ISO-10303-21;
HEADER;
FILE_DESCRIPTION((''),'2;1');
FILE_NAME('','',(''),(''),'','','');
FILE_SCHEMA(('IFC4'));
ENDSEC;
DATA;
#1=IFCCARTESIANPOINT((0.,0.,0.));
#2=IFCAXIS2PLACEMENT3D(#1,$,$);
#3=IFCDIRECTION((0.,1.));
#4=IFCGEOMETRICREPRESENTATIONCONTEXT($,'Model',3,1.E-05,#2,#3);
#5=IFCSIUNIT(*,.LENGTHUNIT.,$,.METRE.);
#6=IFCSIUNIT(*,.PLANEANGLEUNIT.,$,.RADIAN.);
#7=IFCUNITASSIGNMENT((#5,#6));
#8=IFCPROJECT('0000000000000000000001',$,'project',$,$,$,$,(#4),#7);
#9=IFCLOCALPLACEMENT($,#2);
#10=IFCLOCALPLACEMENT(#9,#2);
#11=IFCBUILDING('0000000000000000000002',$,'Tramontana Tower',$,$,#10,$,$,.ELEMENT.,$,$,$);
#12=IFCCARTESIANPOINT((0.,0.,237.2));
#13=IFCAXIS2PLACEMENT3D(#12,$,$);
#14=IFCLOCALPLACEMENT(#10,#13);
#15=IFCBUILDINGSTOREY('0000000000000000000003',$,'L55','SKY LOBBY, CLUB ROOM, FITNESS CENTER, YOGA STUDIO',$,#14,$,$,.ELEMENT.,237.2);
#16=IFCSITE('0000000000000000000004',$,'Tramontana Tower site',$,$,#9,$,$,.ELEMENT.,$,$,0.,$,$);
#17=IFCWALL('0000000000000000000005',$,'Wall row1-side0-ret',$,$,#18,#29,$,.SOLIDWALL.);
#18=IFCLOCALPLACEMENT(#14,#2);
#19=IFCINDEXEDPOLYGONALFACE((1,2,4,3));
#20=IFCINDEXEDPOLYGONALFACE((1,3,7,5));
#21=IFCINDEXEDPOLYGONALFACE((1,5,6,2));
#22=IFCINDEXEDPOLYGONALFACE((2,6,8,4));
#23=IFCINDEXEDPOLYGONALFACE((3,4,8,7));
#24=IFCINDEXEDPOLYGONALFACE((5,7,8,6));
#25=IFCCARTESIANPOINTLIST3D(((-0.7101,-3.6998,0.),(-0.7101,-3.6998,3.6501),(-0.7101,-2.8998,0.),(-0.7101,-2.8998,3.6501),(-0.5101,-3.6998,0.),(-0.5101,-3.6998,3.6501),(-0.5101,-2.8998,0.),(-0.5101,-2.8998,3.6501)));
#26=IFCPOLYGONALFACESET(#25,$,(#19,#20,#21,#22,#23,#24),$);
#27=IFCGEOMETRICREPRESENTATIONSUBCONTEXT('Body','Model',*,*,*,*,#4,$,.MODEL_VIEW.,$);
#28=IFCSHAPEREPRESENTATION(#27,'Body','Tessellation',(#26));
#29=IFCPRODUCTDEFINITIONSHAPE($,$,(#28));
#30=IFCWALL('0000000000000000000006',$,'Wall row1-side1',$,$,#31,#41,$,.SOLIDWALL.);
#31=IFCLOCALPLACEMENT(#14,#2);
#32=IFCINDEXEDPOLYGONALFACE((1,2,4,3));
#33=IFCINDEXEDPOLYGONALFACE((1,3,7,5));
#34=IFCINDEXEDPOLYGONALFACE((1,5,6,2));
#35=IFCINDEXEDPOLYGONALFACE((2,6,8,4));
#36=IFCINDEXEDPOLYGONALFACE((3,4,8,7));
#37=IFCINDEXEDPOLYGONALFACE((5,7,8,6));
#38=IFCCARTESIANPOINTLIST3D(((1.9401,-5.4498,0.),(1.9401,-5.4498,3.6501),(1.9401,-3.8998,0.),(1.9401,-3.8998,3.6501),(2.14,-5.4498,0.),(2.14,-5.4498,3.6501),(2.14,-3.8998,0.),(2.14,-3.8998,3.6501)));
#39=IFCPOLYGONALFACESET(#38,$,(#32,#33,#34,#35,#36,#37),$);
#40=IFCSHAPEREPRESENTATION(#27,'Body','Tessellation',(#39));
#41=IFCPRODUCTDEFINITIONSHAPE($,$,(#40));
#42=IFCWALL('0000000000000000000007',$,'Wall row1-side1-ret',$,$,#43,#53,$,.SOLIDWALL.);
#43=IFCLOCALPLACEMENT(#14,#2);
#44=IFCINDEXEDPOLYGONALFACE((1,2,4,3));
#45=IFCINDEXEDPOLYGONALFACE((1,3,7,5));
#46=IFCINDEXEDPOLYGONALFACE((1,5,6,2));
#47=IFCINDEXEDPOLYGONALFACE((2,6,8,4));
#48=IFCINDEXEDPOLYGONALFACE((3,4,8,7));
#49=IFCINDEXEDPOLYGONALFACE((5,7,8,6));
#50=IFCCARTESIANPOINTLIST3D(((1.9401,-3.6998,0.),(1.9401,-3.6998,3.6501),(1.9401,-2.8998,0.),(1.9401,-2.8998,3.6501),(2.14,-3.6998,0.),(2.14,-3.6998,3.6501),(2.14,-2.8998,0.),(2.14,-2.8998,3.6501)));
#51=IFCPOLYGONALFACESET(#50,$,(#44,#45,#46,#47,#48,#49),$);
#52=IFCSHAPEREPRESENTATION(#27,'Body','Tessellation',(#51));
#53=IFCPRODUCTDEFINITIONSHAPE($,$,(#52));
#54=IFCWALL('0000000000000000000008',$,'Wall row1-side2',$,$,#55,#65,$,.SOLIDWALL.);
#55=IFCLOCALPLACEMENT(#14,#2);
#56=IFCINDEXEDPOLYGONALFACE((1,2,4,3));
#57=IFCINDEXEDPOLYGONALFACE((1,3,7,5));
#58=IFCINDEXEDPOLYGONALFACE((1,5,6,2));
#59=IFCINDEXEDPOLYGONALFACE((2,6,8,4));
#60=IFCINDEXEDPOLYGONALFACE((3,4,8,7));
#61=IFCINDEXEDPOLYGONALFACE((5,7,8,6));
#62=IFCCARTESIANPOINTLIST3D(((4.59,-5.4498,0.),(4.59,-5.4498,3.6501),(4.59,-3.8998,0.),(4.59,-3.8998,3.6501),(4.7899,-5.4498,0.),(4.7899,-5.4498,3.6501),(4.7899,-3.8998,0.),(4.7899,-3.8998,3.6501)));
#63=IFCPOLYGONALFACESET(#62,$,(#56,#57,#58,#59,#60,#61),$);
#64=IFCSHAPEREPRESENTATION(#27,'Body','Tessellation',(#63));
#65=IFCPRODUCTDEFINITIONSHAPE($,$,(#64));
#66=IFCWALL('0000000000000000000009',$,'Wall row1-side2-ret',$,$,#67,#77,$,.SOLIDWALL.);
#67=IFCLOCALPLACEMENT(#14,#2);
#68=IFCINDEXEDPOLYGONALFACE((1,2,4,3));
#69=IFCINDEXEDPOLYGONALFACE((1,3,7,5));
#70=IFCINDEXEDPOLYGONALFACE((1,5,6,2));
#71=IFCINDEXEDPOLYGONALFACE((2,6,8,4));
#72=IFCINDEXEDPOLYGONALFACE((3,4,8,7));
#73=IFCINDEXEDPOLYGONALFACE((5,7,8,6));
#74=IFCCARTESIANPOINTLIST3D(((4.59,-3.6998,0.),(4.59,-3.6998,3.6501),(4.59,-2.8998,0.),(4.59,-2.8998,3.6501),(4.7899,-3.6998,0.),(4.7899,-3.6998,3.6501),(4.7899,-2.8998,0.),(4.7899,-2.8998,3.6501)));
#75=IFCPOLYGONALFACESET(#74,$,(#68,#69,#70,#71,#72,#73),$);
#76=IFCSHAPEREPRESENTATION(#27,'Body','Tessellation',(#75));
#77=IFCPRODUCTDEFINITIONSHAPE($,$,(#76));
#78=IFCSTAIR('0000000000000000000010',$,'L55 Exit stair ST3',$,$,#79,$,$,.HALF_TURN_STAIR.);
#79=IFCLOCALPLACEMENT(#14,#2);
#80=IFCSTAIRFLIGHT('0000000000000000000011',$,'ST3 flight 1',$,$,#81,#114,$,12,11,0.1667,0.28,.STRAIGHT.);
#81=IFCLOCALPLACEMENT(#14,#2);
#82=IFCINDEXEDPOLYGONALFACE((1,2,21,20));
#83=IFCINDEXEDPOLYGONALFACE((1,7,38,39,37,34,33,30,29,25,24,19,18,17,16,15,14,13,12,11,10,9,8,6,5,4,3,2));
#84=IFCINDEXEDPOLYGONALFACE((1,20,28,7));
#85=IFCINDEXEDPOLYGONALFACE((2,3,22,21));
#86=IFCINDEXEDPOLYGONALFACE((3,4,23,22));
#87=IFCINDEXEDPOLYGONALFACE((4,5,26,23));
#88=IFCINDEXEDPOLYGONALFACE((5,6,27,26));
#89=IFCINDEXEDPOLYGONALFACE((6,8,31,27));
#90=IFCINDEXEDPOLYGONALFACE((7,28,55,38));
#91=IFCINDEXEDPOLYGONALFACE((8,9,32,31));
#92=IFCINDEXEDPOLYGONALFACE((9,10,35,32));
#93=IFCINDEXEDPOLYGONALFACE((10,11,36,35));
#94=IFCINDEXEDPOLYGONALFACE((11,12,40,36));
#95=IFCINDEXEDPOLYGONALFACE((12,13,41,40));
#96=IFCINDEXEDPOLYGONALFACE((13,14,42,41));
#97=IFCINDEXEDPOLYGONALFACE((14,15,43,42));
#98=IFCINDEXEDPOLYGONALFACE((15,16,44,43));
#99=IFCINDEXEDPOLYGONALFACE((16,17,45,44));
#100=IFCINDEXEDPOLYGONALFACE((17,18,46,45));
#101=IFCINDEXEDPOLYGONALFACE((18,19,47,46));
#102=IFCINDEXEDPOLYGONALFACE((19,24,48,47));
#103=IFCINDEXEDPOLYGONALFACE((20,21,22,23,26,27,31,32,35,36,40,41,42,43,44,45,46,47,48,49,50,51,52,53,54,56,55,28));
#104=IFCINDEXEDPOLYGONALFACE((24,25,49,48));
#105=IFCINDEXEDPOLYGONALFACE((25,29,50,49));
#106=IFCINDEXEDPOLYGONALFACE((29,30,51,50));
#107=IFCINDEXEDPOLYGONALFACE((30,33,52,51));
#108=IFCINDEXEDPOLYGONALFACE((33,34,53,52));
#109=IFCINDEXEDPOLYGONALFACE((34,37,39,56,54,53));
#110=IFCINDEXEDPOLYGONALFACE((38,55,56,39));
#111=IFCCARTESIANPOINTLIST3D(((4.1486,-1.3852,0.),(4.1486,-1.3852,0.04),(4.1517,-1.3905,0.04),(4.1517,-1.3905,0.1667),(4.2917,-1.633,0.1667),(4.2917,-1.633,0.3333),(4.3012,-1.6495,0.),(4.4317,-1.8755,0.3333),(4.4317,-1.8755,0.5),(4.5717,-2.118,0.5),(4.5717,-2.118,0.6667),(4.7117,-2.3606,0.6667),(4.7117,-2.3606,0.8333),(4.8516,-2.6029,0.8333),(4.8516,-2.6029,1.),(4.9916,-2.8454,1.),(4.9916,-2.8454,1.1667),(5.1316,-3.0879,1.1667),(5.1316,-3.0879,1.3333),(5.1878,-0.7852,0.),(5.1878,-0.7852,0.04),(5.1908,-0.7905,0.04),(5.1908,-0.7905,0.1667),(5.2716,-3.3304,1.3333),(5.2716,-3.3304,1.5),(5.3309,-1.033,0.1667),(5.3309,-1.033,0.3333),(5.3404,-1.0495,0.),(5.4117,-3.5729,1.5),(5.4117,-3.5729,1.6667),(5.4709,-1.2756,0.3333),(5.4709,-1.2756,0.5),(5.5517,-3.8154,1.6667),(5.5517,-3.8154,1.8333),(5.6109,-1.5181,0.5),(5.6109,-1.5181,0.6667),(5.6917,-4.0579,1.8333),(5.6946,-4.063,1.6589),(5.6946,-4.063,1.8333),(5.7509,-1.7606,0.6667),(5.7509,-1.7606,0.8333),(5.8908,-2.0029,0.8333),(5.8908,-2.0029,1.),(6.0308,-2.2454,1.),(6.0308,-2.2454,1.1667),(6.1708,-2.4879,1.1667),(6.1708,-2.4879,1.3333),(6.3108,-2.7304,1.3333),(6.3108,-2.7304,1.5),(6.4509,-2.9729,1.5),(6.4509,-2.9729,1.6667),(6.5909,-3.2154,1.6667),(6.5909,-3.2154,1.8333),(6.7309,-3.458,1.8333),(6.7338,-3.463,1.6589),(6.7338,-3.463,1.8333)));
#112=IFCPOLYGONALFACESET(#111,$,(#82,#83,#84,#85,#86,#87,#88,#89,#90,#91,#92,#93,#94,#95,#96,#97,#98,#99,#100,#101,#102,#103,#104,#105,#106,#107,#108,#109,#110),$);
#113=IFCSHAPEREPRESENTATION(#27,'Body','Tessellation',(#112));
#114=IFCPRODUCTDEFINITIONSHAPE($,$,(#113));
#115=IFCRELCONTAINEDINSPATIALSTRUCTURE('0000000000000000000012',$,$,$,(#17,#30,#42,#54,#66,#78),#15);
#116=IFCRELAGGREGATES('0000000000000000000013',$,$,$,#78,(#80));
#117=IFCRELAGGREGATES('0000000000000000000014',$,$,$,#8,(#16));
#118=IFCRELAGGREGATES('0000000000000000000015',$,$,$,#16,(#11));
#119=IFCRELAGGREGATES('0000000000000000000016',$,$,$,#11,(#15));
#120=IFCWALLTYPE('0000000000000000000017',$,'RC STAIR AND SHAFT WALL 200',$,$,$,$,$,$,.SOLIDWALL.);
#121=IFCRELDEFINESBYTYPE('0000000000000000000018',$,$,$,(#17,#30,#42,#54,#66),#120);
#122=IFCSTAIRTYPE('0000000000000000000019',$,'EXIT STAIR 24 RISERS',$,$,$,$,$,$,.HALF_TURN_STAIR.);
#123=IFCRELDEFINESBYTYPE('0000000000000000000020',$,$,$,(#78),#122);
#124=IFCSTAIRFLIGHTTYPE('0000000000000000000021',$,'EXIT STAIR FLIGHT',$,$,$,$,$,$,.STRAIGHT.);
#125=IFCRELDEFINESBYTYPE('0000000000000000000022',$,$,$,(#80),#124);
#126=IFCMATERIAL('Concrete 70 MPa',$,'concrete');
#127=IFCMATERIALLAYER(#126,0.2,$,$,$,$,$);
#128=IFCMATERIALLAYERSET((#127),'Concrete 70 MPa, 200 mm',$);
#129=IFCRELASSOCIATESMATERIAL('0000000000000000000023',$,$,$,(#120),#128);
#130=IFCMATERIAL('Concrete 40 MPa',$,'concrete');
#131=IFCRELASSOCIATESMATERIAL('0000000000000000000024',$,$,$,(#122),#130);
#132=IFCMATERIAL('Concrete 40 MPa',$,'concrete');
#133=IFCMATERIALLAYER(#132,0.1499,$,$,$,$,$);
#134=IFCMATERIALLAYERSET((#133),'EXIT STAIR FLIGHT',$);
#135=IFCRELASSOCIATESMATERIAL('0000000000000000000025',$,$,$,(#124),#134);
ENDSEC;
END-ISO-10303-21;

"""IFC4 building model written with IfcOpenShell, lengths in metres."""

from ifc_helpers import new_model, si_unit, direction, frame, frame_2d, origin, place, context, subcontext, project, spatial, polyline, rectangle, outline, extrude, material, layer, layer_set, type_object, element, aggregate, save


model = new_model("IFC4")

# Units and contexts
model_context = context("Model", 3, precision=1e-05, world=origin(), true_north=direction((0.0, 1.0)))
body_context = subcontext(model_context, "Body", "Model", "MODEL_VIEW")
ifc_project = project(units=[si_unit("LENGTHUNIT", "METRE"), si_unit("PLANEANGLEUNIT", "RADIAN")], contexts=[model_context])

# Site, building, storey
site_placement = place(None, origin())
site = spatial("IfcSite", under=ifc_project, at=site_placement, Name="Tramontana Tower site", CompositionType="ELEMENT", RefElevation=0.0)
building_placement = place(site_placement, origin())
building = spatial("IfcBuilding", under=site, at=building_placement, Name="Tramontana Tower", CompositionType="ELEMENT")
storey_placement = place(building_placement, frame((0.0, 0.0, 237.2)))
storey = spatial("IfcBuildingStorey", under=building, at=storey_placement, Name="L55", Description="SKY LOBBY, CLUB ROOM, FITNESS CENTER, YOGA STUDIO", CompositionType="ELEMENT", Elevation=237.2)

# Shared definitions
ifc_material_1 = material(Name="Concrete 70 MPa", Category="concrete")
ifc_layer_1 = layer(ifc_material_1, 0.2)
ifc_layer_set_1 = layer_set([ifc_layer_1], Name="Concrete 70 MPa, 200 mm")
wall_type_1 = type_object("IfcWallType", Name="RC STAIR AND SHAFT WALL 200", PredefinedType="SOLIDWALL", material=ifc_layer_set_1)

# Walls
wall_1_placement = place(storey_placement, frame((-0.6101, -2.8999, 0.0), z_axis=(0.0, 0.0, 1.0), x_axis=(0.0, -1.0, 0.0)))
element("IfcWall", 1, at=wall_1_placement, inside=storey, type_object=wall_type_1, Name="Wall row1-side0-ret", PredefinedType="SOLIDWALL", context=body_context, shape_type="SweptSolid", body=[
    extrude(rectangle(XDim=0.8, YDim=0.2, at=frame_2d((0.3999, 0.0))), origin(), (0.0, 0.0, 1.0), 3.6501),
])
wall_2_placement = place(storey_placement, frame((2.04, -3.8999, 0.0), z_axis=(0.0, 0.0, 1.0), x_axis=(0.0, -1.0, 0.0)))
element("IfcWall", 2, at=wall_2_placement, inside=storey, type_object=wall_type_1, Name="Wall row1-side1", PredefinedType="SOLIDWALL", context=body_context, shape_type="SweptSolid", body=[
    extrude(rectangle(XDim=1.55, YDim=0.2, at=frame_2d((0.7749, 0.0))), origin(), (0.0, 0.0, 1.0), 3.6501),
])
wall_3_placement = place(storey_placement, frame((2.04, -2.8999, 0.0), z_axis=(0.0, 0.0, 1.0), x_axis=(0.0, -1.0, 0.0)))
element("IfcWall", 3, at=wall_3_placement, inside=storey, type_object=wall_type_1, Name="Wall row1-side1-ret", PredefinedType="SOLIDWALL", context=body_context, shape_type="SweptSolid", body=[
    extrude(rectangle(XDim=0.8, YDim=0.2, at=frame_2d((0.3999, 0.0))), origin(), (0.0, 0.0, 1.0), 3.6501),
])
wall_4_placement = place(storey_placement, frame((4.6899, -3.8999, 0.0), z_axis=(0.0, 0.0, 1.0), x_axis=(0.0, -1.0, 0.0)))
element("IfcWall", 4, at=wall_4_placement, inside=storey, type_object=wall_type_1, Name="Wall row1-side2", PredefinedType="SOLIDWALL", context=body_context, shape_type="SweptSolid", body=[
    extrude(rectangle(XDim=1.55, YDim=0.2, at=frame_2d((0.7749, 0.0))), origin(), (0.0, 0.0, 1.0), 3.6501),
])
wall_5_placement = place(storey_placement, frame((4.6899, -2.8999, 0.0), z_axis=(0.0, 0.0, 1.0), x_axis=(0.0, -1.0, 0.0)))
element("IfcWall", 5, at=wall_5_placement, inside=storey, type_object=wall_type_1, Name="Wall row1-side2-ret", PredefinedType="SOLIDWALL", context=body_context, shape_type="SweptSolid", body=[
    extrude(rectangle(XDim=0.8, YDim=0.2, at=frame_2d((0.3999, 0.0))), origin(), (0.0, 0.0, 1.0), 3.6501),
])

# Stair, stair flight
ifc_material_2 = material(Name="Concrete 40 MPa", Category="concrete")
stair_type = type_object("IfcStairType", Name="EXIT STAIR 24 RISERS", PredefinedType="HALF_TURN_STAIR", material=ifc_material_2)
stair_placement = place(storey_placement, origin())
stair = element("IfcStair", 6, at=stair_placement, inside=storey, type_object=stair_type, Name="L55 Exit stair ST3", PredefinedType="HALF_TURN_STAIR")
ifc_material_3 = material(Name="Concrete 40 MPa", Category="concrete")
ifc_layer_2 = layer(ifc_material_3, 0.1499)
ifc_layer_set_2 = layer_set([ifc_layer_2], Name="EXIT STAIR FLIGHT")
stair_flight_type = type_object("IfcStairFlightType", Name="EXIT STAIR FLIGHT", PredefinedType="STRAIGHT", material=ifc_layer_set_2)
stair_flight_placement = place(storey_placement, frame((4.6711, -1.0906, 0.0), z_axis=(0.0, 0.0, 1.0), x_axis=(0.5, -0.866025, 0.0)))
stair_flight = element("IfcStairFlight", 7, at=stair_flight_placement, type_object=stair_flight_type, Name="ST3 flight 1", NumberOfRisers=12, NumberOfTreads=11, PredefinedType="STRAIGHT", RiserHeight=0.1667, TreadLength=0.28, context=body_context, shape_type="SweptSolid", body=[
    extrude(outline(polyline([(-0.0061, 0.0), (-0.0061, 0.04), (0.0, 0.04), (0.0, 0.1667), (0.28, 0.1667), (0.28, 0.3333), (0.5601, 0.3333), (0.5601, 0.5), (0.8401, 0.5), (0.8401, 0.6667), (1.1201, 0.6667), (1.1201, 0.8333), (1.3999, 0.8333), (1.3999, 1.0), (1.6799, 1.0), (1.6799, 1.1667), (1.96, 1.1667), (1.96, 1.3333), (2.24, 1.3333), (2.24, 1.5), (2.52, 1.5), (2.52, 1.6667), (2.8, 1.6667), (2.8, 1.8333), (3.0801, 1.8333), (3.0859, 1.8333), (3.0859, 1.6589), (0.2991, 0.0), (-0.0061, 0.0)])), frame((0.0, 0.6001, 0.0), z_axis=(0.0, -1.0, 0.0), x_axis=(1.0, 0.0, 0.0)), (0.0, 0.0, 1.0), 1.2),
])
aggregate(stair, [stair_flight])

save(model, "model.ifc")
